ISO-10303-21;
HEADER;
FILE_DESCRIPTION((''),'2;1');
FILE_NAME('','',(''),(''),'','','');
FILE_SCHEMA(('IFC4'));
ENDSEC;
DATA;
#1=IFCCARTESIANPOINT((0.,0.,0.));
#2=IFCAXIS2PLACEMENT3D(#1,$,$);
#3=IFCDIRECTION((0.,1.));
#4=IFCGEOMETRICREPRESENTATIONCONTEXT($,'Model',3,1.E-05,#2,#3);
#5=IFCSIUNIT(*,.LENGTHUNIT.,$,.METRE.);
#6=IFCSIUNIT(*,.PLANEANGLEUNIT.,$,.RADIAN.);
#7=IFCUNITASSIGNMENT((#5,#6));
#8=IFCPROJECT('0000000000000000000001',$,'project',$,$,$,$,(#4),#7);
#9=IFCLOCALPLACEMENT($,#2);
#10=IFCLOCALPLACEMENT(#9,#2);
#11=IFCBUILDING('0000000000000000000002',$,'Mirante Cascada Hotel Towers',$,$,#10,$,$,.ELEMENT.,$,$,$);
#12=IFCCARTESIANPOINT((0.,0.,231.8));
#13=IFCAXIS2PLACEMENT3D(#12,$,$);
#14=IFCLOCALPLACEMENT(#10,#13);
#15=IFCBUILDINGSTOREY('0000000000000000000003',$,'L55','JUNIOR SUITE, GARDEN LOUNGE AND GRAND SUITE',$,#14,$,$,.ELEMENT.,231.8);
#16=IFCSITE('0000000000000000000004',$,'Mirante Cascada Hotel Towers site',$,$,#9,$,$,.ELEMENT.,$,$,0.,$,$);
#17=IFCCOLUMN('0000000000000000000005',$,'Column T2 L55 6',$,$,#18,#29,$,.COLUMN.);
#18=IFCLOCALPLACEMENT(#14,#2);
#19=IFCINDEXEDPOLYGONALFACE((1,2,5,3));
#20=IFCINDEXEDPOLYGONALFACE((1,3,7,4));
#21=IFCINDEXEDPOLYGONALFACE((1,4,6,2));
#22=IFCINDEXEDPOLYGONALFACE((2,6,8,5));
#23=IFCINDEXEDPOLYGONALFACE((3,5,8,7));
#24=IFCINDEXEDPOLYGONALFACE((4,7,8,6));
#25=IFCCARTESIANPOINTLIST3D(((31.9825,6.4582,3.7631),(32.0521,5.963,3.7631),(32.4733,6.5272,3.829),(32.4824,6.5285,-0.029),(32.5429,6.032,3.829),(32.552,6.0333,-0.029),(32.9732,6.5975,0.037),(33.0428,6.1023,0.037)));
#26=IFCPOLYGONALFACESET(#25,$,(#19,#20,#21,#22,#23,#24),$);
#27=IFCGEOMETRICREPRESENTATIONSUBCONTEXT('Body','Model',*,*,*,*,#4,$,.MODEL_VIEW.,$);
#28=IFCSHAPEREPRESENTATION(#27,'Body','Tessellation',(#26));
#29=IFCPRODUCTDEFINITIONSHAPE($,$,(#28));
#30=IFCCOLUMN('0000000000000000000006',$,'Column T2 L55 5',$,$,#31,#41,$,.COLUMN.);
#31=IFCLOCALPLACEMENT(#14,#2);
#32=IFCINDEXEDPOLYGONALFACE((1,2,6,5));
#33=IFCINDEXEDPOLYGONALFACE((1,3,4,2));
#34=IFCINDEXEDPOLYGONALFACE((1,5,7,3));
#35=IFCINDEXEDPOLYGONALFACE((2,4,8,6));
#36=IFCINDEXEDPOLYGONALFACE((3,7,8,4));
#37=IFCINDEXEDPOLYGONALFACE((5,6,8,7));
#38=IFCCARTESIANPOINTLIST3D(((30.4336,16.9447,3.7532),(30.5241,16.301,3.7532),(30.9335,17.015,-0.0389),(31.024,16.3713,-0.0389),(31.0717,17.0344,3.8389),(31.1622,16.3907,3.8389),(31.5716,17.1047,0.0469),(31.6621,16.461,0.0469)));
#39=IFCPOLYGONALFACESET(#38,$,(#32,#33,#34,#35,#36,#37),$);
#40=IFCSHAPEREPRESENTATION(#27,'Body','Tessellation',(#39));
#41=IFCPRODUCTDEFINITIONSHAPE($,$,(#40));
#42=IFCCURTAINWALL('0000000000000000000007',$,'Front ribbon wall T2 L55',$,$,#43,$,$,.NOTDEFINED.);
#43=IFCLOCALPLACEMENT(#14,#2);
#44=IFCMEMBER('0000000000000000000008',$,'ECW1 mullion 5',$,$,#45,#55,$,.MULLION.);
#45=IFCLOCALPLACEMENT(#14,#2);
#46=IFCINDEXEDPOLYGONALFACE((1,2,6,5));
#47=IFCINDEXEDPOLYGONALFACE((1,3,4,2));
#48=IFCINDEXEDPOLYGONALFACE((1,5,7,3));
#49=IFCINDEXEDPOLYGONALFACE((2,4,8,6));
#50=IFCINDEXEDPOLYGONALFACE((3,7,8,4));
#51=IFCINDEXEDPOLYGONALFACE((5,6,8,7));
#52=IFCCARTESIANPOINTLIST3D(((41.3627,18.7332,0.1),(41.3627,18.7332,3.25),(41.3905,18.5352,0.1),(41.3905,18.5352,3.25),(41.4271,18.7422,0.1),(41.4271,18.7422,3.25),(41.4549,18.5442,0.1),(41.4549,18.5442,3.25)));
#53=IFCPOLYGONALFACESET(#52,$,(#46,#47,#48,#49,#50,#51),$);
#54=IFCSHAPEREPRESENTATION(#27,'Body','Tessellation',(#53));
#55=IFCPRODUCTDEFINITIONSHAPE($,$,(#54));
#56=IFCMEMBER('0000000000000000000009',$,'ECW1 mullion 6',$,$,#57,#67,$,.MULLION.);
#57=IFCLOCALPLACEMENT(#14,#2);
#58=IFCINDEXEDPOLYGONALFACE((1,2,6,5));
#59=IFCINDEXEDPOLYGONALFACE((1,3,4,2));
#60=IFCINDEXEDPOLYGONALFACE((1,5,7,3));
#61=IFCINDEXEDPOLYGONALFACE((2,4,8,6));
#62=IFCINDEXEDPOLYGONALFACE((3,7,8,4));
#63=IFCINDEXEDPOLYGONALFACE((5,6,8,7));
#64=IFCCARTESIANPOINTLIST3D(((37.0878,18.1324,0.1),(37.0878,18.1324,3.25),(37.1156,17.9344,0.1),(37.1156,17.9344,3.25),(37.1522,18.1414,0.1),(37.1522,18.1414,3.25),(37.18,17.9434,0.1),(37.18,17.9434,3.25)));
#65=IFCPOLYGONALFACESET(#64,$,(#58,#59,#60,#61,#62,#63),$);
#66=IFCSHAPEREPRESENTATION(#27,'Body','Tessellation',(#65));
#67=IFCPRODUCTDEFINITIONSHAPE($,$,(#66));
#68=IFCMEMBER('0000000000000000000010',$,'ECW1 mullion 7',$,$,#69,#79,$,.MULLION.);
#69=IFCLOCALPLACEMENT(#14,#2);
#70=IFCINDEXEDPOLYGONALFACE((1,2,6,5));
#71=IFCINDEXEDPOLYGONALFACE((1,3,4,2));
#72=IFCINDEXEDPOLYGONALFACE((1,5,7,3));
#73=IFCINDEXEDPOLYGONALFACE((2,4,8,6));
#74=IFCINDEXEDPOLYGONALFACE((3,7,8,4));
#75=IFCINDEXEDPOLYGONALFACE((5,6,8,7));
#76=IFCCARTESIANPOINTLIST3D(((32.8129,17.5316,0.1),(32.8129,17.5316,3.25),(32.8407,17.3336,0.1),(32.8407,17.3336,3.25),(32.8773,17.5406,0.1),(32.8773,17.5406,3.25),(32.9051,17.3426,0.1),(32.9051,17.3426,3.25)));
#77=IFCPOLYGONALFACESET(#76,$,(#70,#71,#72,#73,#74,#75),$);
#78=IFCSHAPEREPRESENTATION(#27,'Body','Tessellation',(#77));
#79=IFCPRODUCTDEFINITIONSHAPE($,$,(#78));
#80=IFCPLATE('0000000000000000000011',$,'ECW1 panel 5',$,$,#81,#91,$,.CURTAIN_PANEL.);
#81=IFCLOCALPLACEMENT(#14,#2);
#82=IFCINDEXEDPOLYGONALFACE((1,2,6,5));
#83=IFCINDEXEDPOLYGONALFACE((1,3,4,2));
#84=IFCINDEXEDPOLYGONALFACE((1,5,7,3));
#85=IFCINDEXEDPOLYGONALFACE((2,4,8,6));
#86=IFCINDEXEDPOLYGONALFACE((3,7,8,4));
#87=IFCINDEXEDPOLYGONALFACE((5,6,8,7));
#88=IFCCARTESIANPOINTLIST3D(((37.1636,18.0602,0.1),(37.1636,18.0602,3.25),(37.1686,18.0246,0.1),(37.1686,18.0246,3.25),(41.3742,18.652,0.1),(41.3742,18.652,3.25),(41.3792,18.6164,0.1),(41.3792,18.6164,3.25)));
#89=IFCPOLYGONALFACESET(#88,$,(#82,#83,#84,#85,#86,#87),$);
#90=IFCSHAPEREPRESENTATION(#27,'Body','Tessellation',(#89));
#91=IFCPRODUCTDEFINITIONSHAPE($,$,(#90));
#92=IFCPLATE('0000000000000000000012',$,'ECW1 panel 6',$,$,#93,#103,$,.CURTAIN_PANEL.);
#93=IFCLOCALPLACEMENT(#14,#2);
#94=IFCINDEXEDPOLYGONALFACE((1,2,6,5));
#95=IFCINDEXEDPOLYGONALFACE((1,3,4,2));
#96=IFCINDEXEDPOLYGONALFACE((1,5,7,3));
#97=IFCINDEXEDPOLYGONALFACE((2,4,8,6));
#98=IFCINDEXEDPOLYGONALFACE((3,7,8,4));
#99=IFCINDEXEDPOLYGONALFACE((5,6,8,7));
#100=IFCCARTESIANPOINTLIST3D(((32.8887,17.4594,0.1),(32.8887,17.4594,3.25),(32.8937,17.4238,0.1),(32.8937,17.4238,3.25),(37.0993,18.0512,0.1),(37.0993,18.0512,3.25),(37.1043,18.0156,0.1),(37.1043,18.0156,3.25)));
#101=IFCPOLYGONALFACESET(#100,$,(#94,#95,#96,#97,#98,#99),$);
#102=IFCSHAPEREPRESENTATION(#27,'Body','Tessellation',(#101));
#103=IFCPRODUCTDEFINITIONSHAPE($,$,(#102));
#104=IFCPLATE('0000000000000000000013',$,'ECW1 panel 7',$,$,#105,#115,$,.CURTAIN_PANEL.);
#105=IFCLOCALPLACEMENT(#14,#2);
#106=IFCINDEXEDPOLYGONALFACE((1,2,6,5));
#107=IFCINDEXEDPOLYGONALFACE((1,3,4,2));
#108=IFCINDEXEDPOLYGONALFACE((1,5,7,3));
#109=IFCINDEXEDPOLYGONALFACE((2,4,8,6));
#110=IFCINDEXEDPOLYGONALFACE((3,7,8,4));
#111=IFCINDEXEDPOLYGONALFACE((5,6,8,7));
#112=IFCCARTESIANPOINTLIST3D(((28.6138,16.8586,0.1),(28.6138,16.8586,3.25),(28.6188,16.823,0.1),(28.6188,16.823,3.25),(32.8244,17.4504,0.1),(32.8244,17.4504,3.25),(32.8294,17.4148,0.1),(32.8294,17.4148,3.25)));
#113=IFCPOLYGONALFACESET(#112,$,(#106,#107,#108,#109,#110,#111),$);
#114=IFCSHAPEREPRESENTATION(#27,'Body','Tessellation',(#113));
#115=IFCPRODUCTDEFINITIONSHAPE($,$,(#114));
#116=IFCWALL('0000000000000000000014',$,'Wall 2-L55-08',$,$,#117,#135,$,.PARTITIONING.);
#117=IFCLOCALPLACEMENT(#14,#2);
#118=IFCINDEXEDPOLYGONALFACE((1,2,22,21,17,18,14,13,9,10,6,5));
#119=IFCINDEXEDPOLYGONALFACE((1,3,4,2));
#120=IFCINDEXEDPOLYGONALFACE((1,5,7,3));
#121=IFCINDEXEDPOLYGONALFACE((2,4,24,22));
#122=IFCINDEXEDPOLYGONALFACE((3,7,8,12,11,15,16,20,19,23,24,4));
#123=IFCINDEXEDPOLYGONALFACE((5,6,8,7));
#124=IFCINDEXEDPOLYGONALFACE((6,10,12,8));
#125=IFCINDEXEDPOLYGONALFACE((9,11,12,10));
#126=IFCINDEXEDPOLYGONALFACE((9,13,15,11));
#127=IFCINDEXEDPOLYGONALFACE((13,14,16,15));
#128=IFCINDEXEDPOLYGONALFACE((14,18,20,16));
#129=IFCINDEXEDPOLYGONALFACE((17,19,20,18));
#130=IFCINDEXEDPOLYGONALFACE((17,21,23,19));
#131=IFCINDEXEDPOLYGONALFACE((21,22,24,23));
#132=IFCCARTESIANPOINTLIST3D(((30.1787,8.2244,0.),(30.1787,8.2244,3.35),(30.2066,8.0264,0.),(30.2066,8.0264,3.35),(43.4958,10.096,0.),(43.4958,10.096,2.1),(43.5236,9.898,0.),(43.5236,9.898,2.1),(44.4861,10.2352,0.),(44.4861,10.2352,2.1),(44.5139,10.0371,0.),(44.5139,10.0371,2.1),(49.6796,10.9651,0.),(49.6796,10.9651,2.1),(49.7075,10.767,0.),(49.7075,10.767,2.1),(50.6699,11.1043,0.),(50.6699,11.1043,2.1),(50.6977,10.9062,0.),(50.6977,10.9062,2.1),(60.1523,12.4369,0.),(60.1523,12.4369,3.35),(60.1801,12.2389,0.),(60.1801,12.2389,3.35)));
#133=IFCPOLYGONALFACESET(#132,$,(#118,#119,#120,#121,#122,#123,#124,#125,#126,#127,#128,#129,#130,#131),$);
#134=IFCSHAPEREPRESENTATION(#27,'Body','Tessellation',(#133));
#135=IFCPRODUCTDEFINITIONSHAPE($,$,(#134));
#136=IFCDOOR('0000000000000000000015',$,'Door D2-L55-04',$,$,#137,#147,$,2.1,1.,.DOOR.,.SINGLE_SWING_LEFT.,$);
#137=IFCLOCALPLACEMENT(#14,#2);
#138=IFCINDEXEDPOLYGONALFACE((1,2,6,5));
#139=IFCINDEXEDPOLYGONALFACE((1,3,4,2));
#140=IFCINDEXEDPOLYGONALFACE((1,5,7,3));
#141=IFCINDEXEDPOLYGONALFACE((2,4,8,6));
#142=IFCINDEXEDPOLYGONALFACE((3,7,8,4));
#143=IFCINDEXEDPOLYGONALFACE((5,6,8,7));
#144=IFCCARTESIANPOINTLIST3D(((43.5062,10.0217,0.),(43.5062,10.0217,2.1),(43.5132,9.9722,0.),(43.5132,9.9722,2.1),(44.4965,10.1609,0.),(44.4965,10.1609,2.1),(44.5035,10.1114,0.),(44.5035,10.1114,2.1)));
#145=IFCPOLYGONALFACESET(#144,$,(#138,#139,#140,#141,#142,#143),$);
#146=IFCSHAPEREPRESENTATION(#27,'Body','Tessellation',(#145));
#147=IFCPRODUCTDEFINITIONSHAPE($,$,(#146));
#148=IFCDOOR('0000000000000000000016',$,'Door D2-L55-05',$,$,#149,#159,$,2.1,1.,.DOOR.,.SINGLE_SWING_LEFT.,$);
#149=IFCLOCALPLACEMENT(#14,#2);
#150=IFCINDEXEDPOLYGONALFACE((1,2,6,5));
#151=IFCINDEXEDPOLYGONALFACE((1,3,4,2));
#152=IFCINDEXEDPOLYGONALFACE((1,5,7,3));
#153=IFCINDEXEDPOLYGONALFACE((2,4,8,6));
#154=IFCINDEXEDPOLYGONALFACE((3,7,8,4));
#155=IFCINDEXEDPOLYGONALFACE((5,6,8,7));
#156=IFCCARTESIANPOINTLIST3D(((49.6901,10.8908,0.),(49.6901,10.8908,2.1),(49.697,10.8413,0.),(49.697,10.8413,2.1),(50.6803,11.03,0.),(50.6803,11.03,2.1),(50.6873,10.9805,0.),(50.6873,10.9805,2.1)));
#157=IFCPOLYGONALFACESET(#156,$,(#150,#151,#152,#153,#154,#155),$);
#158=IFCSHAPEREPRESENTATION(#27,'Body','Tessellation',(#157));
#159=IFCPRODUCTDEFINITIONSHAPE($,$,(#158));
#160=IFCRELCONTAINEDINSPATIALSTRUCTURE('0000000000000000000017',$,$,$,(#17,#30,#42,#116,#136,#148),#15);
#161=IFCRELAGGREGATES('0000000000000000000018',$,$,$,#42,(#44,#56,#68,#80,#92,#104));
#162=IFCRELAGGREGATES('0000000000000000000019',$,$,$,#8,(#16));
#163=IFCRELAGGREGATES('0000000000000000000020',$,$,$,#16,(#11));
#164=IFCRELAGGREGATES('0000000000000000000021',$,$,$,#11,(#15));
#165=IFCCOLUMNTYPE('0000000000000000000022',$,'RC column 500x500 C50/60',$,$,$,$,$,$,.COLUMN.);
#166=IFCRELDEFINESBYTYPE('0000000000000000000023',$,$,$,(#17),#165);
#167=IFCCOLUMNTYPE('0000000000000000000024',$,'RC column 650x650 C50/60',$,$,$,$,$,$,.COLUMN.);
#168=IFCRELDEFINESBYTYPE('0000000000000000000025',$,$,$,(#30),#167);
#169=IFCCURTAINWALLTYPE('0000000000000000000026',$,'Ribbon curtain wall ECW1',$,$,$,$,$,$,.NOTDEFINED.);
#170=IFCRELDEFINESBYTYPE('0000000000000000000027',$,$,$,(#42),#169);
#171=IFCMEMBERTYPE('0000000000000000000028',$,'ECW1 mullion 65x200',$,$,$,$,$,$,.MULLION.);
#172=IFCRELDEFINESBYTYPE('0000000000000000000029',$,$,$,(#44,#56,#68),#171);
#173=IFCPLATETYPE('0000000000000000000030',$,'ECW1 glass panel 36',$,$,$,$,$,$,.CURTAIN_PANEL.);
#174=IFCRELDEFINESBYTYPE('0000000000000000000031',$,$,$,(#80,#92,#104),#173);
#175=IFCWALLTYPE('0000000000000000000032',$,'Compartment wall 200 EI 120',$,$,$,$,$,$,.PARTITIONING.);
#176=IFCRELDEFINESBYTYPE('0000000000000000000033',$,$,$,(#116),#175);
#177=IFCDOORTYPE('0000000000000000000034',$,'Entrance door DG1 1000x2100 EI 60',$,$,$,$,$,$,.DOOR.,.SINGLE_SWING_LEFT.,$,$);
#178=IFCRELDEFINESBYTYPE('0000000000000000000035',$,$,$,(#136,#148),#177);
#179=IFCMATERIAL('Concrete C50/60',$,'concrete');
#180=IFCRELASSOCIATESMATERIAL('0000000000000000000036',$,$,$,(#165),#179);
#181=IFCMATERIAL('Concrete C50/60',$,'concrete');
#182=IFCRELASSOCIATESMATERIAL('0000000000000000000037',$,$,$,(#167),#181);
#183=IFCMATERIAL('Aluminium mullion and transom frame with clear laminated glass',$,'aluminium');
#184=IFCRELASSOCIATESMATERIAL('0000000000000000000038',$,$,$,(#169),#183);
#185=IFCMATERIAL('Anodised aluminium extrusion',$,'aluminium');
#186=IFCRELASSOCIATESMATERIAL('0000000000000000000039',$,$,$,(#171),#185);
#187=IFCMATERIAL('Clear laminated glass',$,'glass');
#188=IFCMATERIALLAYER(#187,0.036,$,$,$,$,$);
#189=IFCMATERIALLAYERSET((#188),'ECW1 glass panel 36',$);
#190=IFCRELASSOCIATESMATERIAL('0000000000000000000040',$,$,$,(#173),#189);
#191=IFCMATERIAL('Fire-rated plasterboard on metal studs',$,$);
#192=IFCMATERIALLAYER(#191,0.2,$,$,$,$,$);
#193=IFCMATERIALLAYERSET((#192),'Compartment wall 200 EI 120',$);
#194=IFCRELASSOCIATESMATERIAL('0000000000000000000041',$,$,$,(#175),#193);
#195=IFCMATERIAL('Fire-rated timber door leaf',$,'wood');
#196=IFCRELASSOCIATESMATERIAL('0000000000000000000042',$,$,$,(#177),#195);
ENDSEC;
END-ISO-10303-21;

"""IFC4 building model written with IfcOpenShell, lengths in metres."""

from ifc_helpers import new_model, si_unit, direction, frame, frame_2d, origin, origin_2d, place, context, subcontext, project, spatial, rectangle, extrude, material, layer, layer_set, material_profile, profile_set, type_object, element, fill, aggregate, save


model = new_model("IFC4")

# Units and contexts
model_context = context("Model", 3, precision=1e-05, world=origin(), true_north=direction((0.0, 1.0)))
body_context = subcontext(model_context, "Body", "Model", "MODEL_VIEW")
ifc_project = project(units=[si_unit("LENGTHUNIT", "METRE"), si_unit("PLANEANGLEUNIT", "RADIAN")], contexts=[model_context])

# Site, building, storey
site_placement = place(None, origin())
site = spatial("IfcSite", under=ifc_project, at=site_placement, Name="Mirante Cascada Hotel Towers site", CompositionType="ELEMENT", RefElevation=0.0)
building_placement = place(site_placement, origin())
building = spatial("IfcBuilding", under=site, at=building_placement, Name="Mirante Cascada Hotel Towers", CompositionType="ELEMENT")
storey_placement = place(building_placement, frame((0.0, 0.0, 231.8)))
storey = spatial("IfcBuildingStorey", under=building, at=storey_placement, Name="L55", Description="JUNIOR SUITE, GARDEN LOUNGE AND GRAND SUITE", CompositionType="ELEMENT", Elevation=231.8)

# Columns
ifc_material_1 = material(Name="Concrete C50/60", Category="concrete")
ifc_material_profile_1 = material_profile(ifc_material_1, rectangle(XDim=0.5, YDim=0.5, at=origin_2d()), Name="RC column 500x500 C50/60")
ifc_profile_set_1 = profile_set([ifc_material_profile_1], Name="Concrete C50/60")
column_type_1 = type_object("IfcColumnType", Name="RC column 500x500 C50/60", PredefinedType="COLUMN", material=ifc_profile_set_1)
column_1_placement = place(storey_placement, frame((32.7626, 6.3154, 0.004), z_axis=(-0.130677, -0.018377, 0.991255), x_axis=(0.139258, -0.990256, 0.0)))
element("IfcColumn", 1, at=column_1_placement, inside=storey, type_object=column_type_1, Name="Column T2 L55 6", PredefinedType="COLUMN", context=body_context, shape_type="SweptSolid", body=[
    extrude(rectangle(XDim=0.5, YDim=0.5, at=origin_2d()), origin(), (0.0, 0.0, 1.0), 3.8255),
])
ifc_material_2 = material(Name="Concrete C50/60", Category="concrete")
ifc_material_profile_2 = material_profile(ifc_material_2, rectangle(XDim=0.65, YDim=0.65, at=origin_2d()), Name="RC column 650x650 C50/60")
ifc_profile_set_2 = profile_set([ifc_material_profile_2], Name="Concrete C50/60")
column_type_2 = type_object("IfcColumnType", Name="RC column 650x650 C50/60", PredefinedType="COLUMN", material=ifc_profile_set_2)
column_2_placement = place(storey_placement, frame((31.2978, 16.738, 0.004), z_axis=(-0.130677, -0.018377, 0.991255), x_axis=(0.139258, -0.990256, 0.0)))
element("IfcColumn", 2, at=column_2_placement, inside=storey, type_object=column_type_2, Name="Column T2 L55 5", PredefinedType="COLUMN", context=body_context, shape_type="SweptSolid", body=[
    extrude(rectangle(XDim=0.65, YDim=0.65, at=origin_2d()), origin(), (0.0, 0.0, 1.0), 3.8255),
])

# Curtain wall, members, plates
ifc_material_3 = material(Name="Aluminium mullion and transom frame with clear laminated glass", Category="aluminium")
curtain_wall_type = type_object("IfcCurtainWallType", Name="Ribbon curtain wall ECW1", PredefinedType="NOTDEFINED", material=ifc_material_3)
curtain_wall_placement = place(storey_placement, origin())
curtain_wall = element("IfcCurtainWall", 3, at=curtain_wall_placement, inside=storey, type_object=curtain_wall_type, Name="Front ribbon wall T2 L55", PredefinedType="NOTDEFINED")
ifc_material_4 = material(Name="Anodised aluminium extrusion", Category="aluminium")
ifc_material_profile_3 = material_profile(ifc_material_4, rectangle(XDim=0.2, YDim=0.065, at=origin_2d()), Name="ECW1 MULLION 65x200")
ifc_profile_set_3 = profile_set([ifc_material_profile_3], Name="Anodised aluminium extrusion")
member_type = type_object("IfcMemberType", Name="ECW1 mullion 65x200", PredefinedType="MULLION", material=ifc_profile_set_3)
member_1_placement = place(storey_placement, frame((41.4088, 18.6387, 0.1), z_axis=(0.0, 0.0, 1.0), x_axis=(0.139173, -0.990268, 0.0)))
member_1 = element("IfcMember", 4, at=member_1_placement, type_object=member_type, Name="ECW1 mullion 5", PredefinedType="MULLION", context=body_context, shape_type="SweptSolid", body=[
    extrude(rectangle(XDim=0.2, YDim=0.065, at=origin_2d()), origin(), (0.0, 0.0, 1.0), 3.15),
])
member_2_placement = place(storey_placement, frame((37.1339, 18.0379, 0.1), z_axis=(0.0, 0.0, 1.0), x_axis=(0.139173, -0.990268, 0.0)))
member_2 = element("IfcMember", 5, at=member_2_placement, type_object=member_type, Name="ECW1 mullion 6", PredefinedType="MULLION", context=body_context, shape_type="SweptSolid", body=[
    extrude(rectangle(XDim=0.2, YDim=0.065, at=origin_2d()), origin(), (0.0, 0.0, 1.0), 3.15),
])
member_3_placement = place(storey_placement, frame((32.859, 17.4371, 0.1), z_axis=(0.0, 0.0, 1.0), x_axis=(0.139173, -0.990268, 0.0)))
member_3 = element("IfcMember", 6, at=member_3_placement, type_object=member_type, Name="ECW1 mullion 7", PredefinedType="MULLION", context=body_context, shape_type="SweptSolid", body=[
    extrude(rectangle(XDim=0.2, YDim=0.065, at=origin_2d()), origin(), (0.0, 0.0, 1.0), 3.15),
])
ifc_material_5 = material(Name="Clear laminated glass", Category="glass")
ifc_layer_1 = layer(ifc_material_5, 0.036)
ifc_layer_set_1 = layer_set([ifc_layer_1], Name="ECW1 glass panel 36")
plate_type = type_object("IfcPlateType", Name="ECW1 glass panel 36", PredefinedType="CURTAIN_PANEL", material=ifc_layer_set_1)
plate_1_placement = place(storey_placement, frame((39.2714, 18.3383, 0.1), z_axis=(0.0, 0.0, 1.0), x_axis=(-0.990268, -0.139173, 0.0)))
plate_1 = element("IfcPlate", 7, at=plate_1_placement, type_object=plate_type, Name="ECW1 panel 5", PredefinedType="CURTAIN_PANEL", context=body_context, shape_type="SweptSolid", body=[
    extrude(rectangle(XDim=4.2519, YDim=0.036, at=origin_2d()), origin(), (0.0, 0.0, 1.0), 3.15),
])
plate_2_placement = place(storey_placement, frame((34.9965, 17.7375, 0.1), z_axis=(0.0, 0.0, 1.0), x_axis=(-0.990268, -0.139173, 0.0)))
plate_2 = element("IfcPlate", 8, at=plate_2_placement, type_object=plate_type, Name="ECW1 panel 6", PredefinedType="CURTAIN_PANEL", context=body_context, shape_type="SweptSolid", body=[
    extrude(rectangle(XDim=4.2519, YDim=0.036, at=origin_2d()), origin(), (0.0, 0.0, 1.0), 3.15),
])
plate_3_placement = place(storey_placement, frame((30.7216, 17.1367, 0.1), z_axis=(0.0, 0.0, 1.0), x_axis=(-0.990268, -0.139173, 0.0)))
plate_3 = element("IfcPlate", 9, at=plate_3_placement, type_object=plate_type, Name="ECW1 panel 7", PredefinedType="CURTAIN_PANEL", context=body_context, shape_type="SweptSolid", body=[
    extrude(rectangle(XDim=4.2519, YDim=0.036, at=origin_2d()), origin(), (0.0, 0.0, 1.0), 3.15),
])
aggregate(curtain_wall, [member_1, member_2, member_3, plate_1, plate_2, plate_3])

# Wall, openings, doors
ifc_material_6 = material(Name="Fire-rated plasterboard on metal studs")
ifc_layer_2 = layer(ifc_material_6, 0.2)
ifc_layer_set_2 = layer_set([ifc_layer_2], Name="Compartment wall 200 EI 120")
wall_type_1 = type_object("IfcWallType", Name="Compartment wall 200 EI 120", PredefinedType="PARTITIONING", material=ifc_layer_set_2)
wall_1_placement = place(storey_placement, frame((30.1927, 8.1254, 0.0), z_axis=(0.0, 0.0, 1.0), x_axis=(0.990268, 0.139173, 0.0)))
wall_1 = element("IfcWall", 10, at=wall_1_placement, inside=storey, type_object=wall_type_1, Name="Wall 2-L55-08", PredefinedType="PARTITIONING", context=body_context, shape_type="SweptSolid", body=[
    extrude(rectangle(XDim=30.2681, YDim=0.2, at=frame_2d((15.134, 0.0))), origin(), (0.0, 0.0, 1.0), 3.35),
])
opening_1_placement = place(wall_1_placement, frame((13.4479, 0.0, 0.0)))
opening_1 = element("IfcOpeningElement", 11, at=opening_1_placement, cuts=wall_1, PredefinedType="OPENING", context=body_context, shape_type="SweptSolid", body=[
    extrude(rectangle(XDim=1.0, YDim=2.1, at=frame_2d((0.5, 1.05))), frame((0.0, 0.1, 0.0), z_axis=(0.0, -1.0, 0.0), x_axis=(1.0, 0.0, 0.0)), (0.0, 0.0, 1.0), 0.2),
])
opening_2_placement = place(wall_1_placement, frame((19.6925, 0.0, 0.0)))
opening_2 = element("IfcOpeningElement", 12, at=opening_2_placement, cuts=wall_1, PredefinedType="OPENING", context=body_context, shape_type="SweptSolid", body=[
    extrude(rectangle(XDim=1.0, YDim=2.1, at=frame_2d((0.5, 1.05))), frame((0.0, 0.1, 0.0), z_axis=(0.0, -1.0, 0.0), x_axis=(1.0, 0.0, 0.0)), (0.0, 0.0, 1.0), 0.2),
])
ifc_material_7 = material(Name="Fire-rated timber door leaf", Category="wood")
door_type_1 = type_object("IfcDoorType", Name="Entrance door DG1 1000x2100 EI 60", OperationType="SINGLE_SWING_LEFT", PredefinedType="DOOR", material=ifc_material_7)
door_1_placement = place(opening_1_placement, origin())
door_1 = element("IfcDoor", 13, at=door_1_placement, inside=storey, type_object=door_type_1, Name="Door D2-L55-04", OperationType="SINGLE_SWING_LEFT", OverallHeight=2.1, OverallWidth=1.0, PredefinedType="DOOR", context=body_context, shape_type="SweptSolid", body=[
    extrude(rectangle(XDim=1.0, YDim=2.1, at=frame_2d((0.5, 1.05))), frame((0.0, 0.025, 0.0), z_axis=(0.0, -1.0, 0.0), x_axis=(1.0, 0.0, 0.0)), (0.0, 0.0, 1.0), 0.05),
])
fill(opening_1, door_1)
door_2_placement = place(opening_2_placement, origin())
door_2 = element("IfcDoor", 14, at=door_2_placement, inside=storey, type_object=door_type_1, Name="Door D2-L55-05", OperationType="SINGLE_SWING_LEFT", OverallHeight=2.1, OverallWidth=1.0, PredefinedType="DOOR", context=body_context, shape_type="SweptSolid", body=[
    extrude(rectangle(XDim=1.0, YDim=2.1, at=frame_2d((0.5, 1.05))), frame((0.0, 0.025, 0.0), z_axis=(0.0, -1.0, 0.0), x_axis=(1.0, 0.0, 0.0)), (0.0, 0.0, 1.0), 0.05),
])
fill(opening_2, door_2)

save(model, "model.ifc")
